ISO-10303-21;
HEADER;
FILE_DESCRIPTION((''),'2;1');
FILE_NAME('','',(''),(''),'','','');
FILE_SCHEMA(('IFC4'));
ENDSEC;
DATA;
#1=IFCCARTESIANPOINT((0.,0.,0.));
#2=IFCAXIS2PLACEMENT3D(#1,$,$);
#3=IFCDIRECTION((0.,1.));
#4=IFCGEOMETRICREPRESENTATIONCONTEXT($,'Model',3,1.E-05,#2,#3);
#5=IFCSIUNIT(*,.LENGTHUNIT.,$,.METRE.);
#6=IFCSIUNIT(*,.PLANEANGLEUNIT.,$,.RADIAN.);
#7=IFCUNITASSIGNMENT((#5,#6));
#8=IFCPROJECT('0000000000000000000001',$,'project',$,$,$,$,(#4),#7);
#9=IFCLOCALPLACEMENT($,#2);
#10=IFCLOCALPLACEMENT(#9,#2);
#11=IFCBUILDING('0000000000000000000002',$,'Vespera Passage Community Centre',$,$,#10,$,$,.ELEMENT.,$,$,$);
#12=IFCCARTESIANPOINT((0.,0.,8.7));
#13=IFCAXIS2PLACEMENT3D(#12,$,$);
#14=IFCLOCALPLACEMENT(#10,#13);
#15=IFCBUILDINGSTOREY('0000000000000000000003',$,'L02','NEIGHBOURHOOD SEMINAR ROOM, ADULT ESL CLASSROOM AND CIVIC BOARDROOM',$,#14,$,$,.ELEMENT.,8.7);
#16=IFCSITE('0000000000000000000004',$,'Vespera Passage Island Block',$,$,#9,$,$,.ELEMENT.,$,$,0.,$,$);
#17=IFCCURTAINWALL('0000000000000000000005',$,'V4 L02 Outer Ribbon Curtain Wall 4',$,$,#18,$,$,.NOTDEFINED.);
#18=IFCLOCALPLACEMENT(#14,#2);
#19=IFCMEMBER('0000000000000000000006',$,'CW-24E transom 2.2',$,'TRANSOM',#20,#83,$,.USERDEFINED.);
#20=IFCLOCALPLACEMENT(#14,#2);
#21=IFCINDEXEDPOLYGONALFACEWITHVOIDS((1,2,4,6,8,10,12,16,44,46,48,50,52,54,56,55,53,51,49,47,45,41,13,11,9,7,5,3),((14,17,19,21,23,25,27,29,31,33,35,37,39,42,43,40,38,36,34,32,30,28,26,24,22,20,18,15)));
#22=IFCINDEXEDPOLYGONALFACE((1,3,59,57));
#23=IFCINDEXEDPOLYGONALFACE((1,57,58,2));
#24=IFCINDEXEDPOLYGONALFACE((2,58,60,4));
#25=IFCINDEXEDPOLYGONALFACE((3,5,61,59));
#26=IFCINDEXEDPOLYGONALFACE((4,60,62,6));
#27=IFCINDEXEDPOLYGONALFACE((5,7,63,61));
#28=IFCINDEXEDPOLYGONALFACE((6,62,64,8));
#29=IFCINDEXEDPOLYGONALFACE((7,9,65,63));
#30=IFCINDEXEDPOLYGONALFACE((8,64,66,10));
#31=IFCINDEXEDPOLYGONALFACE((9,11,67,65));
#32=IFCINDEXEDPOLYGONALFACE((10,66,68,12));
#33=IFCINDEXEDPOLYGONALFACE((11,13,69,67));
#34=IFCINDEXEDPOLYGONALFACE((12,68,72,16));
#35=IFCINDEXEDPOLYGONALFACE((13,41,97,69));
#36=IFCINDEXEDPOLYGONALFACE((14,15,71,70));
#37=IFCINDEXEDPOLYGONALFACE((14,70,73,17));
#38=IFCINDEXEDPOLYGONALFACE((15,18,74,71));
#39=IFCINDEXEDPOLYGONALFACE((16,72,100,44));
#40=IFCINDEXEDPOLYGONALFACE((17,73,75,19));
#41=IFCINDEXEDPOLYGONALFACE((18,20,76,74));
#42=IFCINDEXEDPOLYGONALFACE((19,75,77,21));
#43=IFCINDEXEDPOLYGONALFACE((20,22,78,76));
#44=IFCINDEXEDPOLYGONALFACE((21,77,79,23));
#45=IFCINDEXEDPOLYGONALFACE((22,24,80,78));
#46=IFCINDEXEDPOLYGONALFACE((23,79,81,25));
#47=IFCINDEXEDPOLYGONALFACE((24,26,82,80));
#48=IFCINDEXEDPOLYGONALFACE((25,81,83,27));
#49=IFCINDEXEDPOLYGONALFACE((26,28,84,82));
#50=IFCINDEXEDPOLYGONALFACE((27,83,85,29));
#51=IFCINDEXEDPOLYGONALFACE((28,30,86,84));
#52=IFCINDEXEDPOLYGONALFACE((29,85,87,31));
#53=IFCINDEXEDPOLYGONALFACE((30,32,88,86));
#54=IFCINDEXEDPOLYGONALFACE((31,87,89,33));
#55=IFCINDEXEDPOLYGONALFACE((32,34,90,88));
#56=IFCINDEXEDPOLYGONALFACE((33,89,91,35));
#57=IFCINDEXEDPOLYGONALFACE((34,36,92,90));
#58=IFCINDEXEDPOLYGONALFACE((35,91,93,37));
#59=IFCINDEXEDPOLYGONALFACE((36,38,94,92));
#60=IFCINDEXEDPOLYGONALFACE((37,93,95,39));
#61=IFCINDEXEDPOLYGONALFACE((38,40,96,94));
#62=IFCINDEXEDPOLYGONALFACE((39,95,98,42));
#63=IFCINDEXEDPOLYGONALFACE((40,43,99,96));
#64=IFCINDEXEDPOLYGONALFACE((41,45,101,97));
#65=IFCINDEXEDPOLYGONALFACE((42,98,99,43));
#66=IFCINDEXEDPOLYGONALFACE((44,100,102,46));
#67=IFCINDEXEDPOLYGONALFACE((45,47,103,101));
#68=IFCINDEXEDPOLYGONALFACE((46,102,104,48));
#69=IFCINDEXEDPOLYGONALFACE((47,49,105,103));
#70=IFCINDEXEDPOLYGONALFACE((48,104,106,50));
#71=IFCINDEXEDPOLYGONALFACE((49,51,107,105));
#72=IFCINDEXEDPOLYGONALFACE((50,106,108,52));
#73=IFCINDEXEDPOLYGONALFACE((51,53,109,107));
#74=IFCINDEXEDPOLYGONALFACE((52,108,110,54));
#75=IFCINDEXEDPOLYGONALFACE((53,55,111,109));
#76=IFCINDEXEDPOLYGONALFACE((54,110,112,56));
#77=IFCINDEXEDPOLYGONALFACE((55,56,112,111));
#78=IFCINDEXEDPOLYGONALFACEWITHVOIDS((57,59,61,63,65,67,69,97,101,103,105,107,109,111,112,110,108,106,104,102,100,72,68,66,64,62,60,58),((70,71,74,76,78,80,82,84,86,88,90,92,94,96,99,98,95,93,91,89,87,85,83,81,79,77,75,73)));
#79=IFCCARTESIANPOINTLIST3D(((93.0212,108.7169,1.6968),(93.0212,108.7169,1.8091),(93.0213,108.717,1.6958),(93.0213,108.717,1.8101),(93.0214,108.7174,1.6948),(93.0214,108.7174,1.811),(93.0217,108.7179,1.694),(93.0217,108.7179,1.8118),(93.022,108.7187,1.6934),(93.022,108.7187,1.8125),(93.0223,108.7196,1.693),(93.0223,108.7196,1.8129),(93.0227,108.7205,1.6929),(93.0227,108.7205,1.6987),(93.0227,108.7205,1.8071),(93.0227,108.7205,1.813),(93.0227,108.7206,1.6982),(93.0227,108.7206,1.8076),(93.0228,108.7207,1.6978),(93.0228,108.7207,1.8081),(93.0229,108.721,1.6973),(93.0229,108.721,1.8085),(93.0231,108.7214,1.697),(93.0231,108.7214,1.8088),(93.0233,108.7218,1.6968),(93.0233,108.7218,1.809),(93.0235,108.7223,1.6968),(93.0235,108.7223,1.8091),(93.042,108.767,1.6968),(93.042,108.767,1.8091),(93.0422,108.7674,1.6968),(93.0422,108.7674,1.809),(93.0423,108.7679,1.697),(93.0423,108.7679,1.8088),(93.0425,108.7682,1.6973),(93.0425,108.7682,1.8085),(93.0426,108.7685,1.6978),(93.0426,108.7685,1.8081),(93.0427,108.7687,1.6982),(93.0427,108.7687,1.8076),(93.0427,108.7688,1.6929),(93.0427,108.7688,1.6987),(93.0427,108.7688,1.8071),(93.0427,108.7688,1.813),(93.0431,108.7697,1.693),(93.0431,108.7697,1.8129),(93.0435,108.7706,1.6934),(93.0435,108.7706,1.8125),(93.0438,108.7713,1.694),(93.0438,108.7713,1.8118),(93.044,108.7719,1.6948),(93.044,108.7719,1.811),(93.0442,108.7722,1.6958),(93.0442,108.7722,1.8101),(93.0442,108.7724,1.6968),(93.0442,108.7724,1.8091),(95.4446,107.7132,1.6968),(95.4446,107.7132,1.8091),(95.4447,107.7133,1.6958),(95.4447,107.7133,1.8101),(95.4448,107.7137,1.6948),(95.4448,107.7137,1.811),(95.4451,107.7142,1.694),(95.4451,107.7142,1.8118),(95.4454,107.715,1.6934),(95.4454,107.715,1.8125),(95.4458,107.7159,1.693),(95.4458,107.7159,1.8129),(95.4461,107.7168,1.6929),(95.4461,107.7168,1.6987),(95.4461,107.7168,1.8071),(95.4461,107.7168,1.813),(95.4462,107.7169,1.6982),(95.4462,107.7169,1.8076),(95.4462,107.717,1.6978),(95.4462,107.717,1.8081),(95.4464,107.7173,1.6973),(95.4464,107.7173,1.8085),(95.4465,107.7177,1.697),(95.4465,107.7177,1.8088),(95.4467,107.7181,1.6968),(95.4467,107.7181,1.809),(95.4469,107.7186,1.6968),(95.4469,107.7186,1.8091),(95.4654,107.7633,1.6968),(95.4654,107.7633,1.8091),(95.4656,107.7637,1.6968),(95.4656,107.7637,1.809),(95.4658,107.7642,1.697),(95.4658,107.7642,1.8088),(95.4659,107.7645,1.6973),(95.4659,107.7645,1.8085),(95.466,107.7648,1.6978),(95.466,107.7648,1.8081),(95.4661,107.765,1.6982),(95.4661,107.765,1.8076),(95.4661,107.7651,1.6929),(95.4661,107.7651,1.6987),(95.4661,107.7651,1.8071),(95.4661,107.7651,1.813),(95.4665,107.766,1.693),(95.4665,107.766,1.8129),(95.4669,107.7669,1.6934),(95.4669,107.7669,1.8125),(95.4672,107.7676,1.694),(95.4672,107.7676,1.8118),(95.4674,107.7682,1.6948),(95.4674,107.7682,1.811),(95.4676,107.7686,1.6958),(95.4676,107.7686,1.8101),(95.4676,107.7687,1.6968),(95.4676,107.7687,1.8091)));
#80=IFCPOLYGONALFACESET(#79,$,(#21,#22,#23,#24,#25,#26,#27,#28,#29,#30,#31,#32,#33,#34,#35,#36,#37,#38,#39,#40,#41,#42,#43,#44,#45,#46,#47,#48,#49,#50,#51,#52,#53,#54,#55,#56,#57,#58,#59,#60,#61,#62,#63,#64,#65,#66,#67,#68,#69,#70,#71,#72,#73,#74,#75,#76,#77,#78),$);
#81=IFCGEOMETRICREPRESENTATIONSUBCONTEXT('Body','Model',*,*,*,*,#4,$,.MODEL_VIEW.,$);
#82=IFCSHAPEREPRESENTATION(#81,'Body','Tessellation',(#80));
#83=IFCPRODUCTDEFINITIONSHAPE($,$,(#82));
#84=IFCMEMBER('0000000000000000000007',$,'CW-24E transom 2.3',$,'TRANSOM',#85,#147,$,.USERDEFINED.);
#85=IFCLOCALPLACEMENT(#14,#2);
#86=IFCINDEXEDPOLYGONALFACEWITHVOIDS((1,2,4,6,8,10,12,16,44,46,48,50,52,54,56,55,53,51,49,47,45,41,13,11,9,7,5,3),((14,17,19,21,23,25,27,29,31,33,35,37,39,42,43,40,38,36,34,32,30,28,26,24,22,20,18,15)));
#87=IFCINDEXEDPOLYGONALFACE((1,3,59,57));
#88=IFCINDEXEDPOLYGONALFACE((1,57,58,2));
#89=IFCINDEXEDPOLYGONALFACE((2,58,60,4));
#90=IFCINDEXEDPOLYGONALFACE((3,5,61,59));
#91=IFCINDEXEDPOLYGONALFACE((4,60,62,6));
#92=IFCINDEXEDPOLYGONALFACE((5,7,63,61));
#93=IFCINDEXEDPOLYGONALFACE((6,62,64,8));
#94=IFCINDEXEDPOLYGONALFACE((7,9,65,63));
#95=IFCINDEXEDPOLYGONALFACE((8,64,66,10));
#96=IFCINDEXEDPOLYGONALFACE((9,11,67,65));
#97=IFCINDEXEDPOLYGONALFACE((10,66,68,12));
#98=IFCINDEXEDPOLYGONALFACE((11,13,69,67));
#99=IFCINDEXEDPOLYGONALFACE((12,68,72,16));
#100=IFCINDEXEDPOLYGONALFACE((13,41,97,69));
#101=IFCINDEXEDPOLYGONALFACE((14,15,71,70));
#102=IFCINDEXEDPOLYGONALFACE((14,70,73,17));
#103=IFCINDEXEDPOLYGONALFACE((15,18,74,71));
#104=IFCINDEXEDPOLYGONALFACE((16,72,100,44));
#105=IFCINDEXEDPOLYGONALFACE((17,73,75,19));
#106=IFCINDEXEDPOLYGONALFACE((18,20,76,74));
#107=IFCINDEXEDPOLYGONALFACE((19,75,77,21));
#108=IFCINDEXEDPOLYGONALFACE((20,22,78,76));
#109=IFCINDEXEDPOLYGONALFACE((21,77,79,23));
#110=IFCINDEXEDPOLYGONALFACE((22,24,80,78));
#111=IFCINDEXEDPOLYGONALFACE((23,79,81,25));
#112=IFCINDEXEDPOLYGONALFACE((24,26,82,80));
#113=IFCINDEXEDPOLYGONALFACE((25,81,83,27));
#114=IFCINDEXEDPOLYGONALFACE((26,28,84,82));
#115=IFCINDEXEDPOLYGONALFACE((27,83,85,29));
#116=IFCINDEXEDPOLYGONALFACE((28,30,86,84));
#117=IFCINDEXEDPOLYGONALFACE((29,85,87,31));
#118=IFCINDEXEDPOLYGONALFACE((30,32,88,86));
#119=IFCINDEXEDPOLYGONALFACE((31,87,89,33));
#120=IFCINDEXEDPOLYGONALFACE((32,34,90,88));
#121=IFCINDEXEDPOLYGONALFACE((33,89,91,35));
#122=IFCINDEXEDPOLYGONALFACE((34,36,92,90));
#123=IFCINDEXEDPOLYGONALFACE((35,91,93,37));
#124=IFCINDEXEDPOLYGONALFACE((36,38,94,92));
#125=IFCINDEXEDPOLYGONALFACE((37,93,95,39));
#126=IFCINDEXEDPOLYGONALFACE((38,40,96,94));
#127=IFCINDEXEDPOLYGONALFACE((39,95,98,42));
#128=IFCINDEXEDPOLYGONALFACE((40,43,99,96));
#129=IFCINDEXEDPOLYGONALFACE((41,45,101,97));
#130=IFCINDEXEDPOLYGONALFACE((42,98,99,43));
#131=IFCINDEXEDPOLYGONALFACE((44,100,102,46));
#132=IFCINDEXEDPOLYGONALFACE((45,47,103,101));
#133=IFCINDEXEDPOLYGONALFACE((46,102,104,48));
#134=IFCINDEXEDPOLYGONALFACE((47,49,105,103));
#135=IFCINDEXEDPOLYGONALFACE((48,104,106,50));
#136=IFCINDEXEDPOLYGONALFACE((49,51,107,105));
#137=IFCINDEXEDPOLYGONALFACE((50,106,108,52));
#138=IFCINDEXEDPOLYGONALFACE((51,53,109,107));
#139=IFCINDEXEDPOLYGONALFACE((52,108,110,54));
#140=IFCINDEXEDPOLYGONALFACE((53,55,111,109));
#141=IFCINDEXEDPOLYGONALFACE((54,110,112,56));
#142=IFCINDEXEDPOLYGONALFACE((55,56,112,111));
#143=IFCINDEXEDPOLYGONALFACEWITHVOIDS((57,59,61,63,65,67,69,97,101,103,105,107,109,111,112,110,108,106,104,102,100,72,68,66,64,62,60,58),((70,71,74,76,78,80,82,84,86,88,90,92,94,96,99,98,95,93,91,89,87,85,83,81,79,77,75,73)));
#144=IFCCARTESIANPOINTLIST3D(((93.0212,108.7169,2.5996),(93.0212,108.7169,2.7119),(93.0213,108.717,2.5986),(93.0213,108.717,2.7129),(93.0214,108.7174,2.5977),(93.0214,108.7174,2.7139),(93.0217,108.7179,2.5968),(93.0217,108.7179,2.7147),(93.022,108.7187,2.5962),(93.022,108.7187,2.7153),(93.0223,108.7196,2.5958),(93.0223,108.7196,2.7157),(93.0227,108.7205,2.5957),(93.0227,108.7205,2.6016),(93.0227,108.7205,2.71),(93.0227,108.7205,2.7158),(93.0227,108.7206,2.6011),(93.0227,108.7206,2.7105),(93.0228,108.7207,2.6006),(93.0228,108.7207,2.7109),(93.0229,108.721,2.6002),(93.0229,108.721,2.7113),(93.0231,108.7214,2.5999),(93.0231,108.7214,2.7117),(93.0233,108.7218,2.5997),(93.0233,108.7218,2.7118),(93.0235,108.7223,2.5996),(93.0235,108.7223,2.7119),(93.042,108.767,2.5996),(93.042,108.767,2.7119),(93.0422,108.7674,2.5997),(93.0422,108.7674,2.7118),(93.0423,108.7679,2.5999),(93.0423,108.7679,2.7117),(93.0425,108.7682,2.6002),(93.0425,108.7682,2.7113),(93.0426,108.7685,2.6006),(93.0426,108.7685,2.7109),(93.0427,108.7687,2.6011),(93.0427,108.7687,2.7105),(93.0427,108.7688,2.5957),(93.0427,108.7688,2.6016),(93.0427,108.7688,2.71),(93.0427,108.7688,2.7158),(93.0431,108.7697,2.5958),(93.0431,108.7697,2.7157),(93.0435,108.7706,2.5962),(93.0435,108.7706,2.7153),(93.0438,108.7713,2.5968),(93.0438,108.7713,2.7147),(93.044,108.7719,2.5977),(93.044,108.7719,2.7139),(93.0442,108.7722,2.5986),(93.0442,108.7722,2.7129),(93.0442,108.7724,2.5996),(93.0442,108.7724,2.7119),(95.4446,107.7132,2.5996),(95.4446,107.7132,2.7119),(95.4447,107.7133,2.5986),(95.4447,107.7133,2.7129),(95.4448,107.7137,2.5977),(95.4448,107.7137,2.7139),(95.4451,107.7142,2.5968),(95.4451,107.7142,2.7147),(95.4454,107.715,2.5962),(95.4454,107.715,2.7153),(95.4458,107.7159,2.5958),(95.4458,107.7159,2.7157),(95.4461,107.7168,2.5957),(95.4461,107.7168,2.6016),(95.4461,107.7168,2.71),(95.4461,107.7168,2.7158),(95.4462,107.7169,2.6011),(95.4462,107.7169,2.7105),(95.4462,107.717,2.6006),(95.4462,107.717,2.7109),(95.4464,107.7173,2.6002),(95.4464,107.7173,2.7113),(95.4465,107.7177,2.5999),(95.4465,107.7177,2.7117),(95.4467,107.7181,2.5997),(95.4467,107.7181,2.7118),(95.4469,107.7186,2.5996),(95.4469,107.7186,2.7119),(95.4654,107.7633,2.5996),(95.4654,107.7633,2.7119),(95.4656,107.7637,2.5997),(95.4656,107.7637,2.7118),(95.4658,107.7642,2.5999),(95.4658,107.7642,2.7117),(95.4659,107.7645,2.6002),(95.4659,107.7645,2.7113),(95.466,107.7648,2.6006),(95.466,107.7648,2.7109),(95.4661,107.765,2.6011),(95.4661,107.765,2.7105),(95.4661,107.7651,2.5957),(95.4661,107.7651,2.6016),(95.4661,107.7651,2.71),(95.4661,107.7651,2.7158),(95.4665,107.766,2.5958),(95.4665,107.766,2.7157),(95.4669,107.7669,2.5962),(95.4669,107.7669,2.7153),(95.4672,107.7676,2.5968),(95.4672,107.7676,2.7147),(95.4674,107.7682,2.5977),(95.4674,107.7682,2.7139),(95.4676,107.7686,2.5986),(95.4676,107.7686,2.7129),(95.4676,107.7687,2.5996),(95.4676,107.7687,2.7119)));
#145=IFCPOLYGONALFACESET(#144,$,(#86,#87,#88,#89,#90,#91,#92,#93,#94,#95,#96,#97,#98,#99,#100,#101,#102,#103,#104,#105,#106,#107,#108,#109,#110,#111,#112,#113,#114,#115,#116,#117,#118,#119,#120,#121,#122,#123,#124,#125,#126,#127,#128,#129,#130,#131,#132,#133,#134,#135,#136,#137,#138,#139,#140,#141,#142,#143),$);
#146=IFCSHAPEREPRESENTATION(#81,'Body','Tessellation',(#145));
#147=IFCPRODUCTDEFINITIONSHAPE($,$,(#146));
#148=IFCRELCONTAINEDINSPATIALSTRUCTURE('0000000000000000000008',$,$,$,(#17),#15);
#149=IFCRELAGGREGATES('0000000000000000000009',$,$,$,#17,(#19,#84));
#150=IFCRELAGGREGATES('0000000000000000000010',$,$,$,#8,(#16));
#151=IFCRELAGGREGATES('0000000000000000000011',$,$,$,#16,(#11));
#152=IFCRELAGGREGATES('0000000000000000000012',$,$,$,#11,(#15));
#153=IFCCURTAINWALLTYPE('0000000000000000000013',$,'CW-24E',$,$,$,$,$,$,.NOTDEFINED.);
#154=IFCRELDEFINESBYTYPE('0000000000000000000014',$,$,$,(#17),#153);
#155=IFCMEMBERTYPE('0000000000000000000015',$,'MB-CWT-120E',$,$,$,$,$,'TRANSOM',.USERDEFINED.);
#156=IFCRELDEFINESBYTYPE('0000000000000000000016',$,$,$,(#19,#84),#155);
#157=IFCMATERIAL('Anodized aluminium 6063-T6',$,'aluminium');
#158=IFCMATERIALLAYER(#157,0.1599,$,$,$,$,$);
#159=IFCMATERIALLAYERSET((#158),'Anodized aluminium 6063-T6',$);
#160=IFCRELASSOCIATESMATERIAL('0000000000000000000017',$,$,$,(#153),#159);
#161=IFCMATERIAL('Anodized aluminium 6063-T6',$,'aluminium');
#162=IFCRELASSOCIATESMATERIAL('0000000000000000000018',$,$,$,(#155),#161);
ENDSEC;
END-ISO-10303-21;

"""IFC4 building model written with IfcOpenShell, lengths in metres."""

from ifc_helpers import new_model, si_unit, direction, frame, origin, origin_2d, place, context, subcontext, project, spatial, hollow_rectangle, extrude, material, layer, layer_set, material_profile, profile_set, type_object, element, aggregate, save


model = new_model("IFC4")

# Units and contexts
model_context = context("Model", 3, precision=1e-05, world=origin(), true_north=direction((0.0, 1.0)))
body_context = subcontext(model_context, "Body", "Model", "MODEL_VIEW")
ifc_project = project(units=[si_unit("LENGTHUNIT", "METRE"), si_unit("PLANEANGLEUNIT", "RADIAN")], contexts=[model_context])

# Site, building, storey
site_placement = place(None, origin())
site = spatial("IfcSite", under=ifc_project, at=site_placement, Name="Vespera Passage Island Block", CompositionType="ELEMENT", RefElevation=0.0)
building_placement = place(site_placement, origin())
building = spatial("IfcBuilding", under=site, at=building_placement, Name="Vespera Passage Community Centre", CompositionType="ELEMENT")
storey_placement = place(building_placement, frame((0.0, 0.0, 8.7)))
storey = spatial("IfcBuildingStorey", under=building, at=storey_placement, Name="L02", Description="NEIGHBOURHOOD SEMINAR ROOM, ADULT ESL CLASSROOM AND CIVIC BOARDROOM", CompositionType="ELEMENT", Elevation=8.7)

# Curtain wall
ifc_material_1 = material(Name="Anodized aluminium 6063-T6", Category="aluminium")
ifc_layer_1 = layer(ifc_material_1, 0.1599)
ifc_layer_set_1 = layer_set([ifc_layer_1], Name="Anodized aluminium 6063-T6")
curtain_wall_type_1 = type_object("IfcCurtainWallType", Name="CW-24E", PredefinedType="NOTDEFINED", material=ifc_layer_set_1)
curtain_wall_1_placement = place(storey_placement, origin())
curtain_wall_1 = element("IfcCurtainWall", 1, at=curtain_wall_1_placement, inside=storey, type_object=curtain_wall_type_1, Name="V4 L02 Outer Ribbon Curtain Wall 4", PredefinedType="NOTDEFINED")

# Members
ifc_material_2 = material(Name="Anodized aluminium 6063-T6", Category="aluminium")
ifc_material_profile_1 = material_profile(ifc_material_2, hollow_rectangle(XDim=0.0601, YDim=0.1201, WallThickness=0.0039, InnerFilletRadius=0.002, OuterFilletRadius=0.0039, at=origin_2d()), Name="ALU120X60X4")
ifc_profile_set_1 = profile_set([ifc_material_profile_1], Name="Anodized aluminium 6063-T6")
member_type_1 = type_object("IfcMemberType", Name="MB-CWT-120E", ElementType="TRANSOM", PredefinedType="USERDEFINED", material=ifc_profile_set_1)
member_1_placement = place(storey_placement, frame((93.0327, 108.7446, 1.7529), z_axis=(0.923895, -0.382645, 0.0), x_axis=(0.382645, 0.923895, 0.0)))
member_1 = element("IfcMember", 2, at=member_1_placement, type_object=member_type_1, Name="CW-24E transom 2.2", ObjectType="TRANSOM", PredefinedType="USERDEFINED", context=body_context, shape_type="SweptSolid", body=[
    extrude(hollow_rectangle(XDim=0.0601, YDim=0.1201, WallThickness=0.0039, InnerFilletRadius=0.002, OuterFilletRadius=0.0039, at=origin_2d()), origin(), (0.0, 0.0, 1.0), 2.623),
])
member_2_placement = place(storey_placement, frame((93.0327, 108.7446, 2.6558), z_axis=(0.923895, -0.382645, 0.0), x_axis=(0.382645, 0.923895, 0.0)))
member_2 = element("IfcMember", 3, at=member_2_placement, type_object=member_type_1, Name="CW-24E transom 2.3", ObjectType="TRANSOM", PredefinedType="USERDEFINED", context=body_context, shape_type="SweptSolid", body=[
    extrude(hollow_rectangle(XDim=0.0601, YDim=0.1201, WallThickness=0.0039, InnerFilletRadius=0.002, OuterFilletRadius=0.0039, at=origin_2d()), origin(), (0.0, 0.0, 1.0), 2.623),
])

aggregate(curtain_wall_1, [member_1, member_2])

save(model, "model.ifc")
